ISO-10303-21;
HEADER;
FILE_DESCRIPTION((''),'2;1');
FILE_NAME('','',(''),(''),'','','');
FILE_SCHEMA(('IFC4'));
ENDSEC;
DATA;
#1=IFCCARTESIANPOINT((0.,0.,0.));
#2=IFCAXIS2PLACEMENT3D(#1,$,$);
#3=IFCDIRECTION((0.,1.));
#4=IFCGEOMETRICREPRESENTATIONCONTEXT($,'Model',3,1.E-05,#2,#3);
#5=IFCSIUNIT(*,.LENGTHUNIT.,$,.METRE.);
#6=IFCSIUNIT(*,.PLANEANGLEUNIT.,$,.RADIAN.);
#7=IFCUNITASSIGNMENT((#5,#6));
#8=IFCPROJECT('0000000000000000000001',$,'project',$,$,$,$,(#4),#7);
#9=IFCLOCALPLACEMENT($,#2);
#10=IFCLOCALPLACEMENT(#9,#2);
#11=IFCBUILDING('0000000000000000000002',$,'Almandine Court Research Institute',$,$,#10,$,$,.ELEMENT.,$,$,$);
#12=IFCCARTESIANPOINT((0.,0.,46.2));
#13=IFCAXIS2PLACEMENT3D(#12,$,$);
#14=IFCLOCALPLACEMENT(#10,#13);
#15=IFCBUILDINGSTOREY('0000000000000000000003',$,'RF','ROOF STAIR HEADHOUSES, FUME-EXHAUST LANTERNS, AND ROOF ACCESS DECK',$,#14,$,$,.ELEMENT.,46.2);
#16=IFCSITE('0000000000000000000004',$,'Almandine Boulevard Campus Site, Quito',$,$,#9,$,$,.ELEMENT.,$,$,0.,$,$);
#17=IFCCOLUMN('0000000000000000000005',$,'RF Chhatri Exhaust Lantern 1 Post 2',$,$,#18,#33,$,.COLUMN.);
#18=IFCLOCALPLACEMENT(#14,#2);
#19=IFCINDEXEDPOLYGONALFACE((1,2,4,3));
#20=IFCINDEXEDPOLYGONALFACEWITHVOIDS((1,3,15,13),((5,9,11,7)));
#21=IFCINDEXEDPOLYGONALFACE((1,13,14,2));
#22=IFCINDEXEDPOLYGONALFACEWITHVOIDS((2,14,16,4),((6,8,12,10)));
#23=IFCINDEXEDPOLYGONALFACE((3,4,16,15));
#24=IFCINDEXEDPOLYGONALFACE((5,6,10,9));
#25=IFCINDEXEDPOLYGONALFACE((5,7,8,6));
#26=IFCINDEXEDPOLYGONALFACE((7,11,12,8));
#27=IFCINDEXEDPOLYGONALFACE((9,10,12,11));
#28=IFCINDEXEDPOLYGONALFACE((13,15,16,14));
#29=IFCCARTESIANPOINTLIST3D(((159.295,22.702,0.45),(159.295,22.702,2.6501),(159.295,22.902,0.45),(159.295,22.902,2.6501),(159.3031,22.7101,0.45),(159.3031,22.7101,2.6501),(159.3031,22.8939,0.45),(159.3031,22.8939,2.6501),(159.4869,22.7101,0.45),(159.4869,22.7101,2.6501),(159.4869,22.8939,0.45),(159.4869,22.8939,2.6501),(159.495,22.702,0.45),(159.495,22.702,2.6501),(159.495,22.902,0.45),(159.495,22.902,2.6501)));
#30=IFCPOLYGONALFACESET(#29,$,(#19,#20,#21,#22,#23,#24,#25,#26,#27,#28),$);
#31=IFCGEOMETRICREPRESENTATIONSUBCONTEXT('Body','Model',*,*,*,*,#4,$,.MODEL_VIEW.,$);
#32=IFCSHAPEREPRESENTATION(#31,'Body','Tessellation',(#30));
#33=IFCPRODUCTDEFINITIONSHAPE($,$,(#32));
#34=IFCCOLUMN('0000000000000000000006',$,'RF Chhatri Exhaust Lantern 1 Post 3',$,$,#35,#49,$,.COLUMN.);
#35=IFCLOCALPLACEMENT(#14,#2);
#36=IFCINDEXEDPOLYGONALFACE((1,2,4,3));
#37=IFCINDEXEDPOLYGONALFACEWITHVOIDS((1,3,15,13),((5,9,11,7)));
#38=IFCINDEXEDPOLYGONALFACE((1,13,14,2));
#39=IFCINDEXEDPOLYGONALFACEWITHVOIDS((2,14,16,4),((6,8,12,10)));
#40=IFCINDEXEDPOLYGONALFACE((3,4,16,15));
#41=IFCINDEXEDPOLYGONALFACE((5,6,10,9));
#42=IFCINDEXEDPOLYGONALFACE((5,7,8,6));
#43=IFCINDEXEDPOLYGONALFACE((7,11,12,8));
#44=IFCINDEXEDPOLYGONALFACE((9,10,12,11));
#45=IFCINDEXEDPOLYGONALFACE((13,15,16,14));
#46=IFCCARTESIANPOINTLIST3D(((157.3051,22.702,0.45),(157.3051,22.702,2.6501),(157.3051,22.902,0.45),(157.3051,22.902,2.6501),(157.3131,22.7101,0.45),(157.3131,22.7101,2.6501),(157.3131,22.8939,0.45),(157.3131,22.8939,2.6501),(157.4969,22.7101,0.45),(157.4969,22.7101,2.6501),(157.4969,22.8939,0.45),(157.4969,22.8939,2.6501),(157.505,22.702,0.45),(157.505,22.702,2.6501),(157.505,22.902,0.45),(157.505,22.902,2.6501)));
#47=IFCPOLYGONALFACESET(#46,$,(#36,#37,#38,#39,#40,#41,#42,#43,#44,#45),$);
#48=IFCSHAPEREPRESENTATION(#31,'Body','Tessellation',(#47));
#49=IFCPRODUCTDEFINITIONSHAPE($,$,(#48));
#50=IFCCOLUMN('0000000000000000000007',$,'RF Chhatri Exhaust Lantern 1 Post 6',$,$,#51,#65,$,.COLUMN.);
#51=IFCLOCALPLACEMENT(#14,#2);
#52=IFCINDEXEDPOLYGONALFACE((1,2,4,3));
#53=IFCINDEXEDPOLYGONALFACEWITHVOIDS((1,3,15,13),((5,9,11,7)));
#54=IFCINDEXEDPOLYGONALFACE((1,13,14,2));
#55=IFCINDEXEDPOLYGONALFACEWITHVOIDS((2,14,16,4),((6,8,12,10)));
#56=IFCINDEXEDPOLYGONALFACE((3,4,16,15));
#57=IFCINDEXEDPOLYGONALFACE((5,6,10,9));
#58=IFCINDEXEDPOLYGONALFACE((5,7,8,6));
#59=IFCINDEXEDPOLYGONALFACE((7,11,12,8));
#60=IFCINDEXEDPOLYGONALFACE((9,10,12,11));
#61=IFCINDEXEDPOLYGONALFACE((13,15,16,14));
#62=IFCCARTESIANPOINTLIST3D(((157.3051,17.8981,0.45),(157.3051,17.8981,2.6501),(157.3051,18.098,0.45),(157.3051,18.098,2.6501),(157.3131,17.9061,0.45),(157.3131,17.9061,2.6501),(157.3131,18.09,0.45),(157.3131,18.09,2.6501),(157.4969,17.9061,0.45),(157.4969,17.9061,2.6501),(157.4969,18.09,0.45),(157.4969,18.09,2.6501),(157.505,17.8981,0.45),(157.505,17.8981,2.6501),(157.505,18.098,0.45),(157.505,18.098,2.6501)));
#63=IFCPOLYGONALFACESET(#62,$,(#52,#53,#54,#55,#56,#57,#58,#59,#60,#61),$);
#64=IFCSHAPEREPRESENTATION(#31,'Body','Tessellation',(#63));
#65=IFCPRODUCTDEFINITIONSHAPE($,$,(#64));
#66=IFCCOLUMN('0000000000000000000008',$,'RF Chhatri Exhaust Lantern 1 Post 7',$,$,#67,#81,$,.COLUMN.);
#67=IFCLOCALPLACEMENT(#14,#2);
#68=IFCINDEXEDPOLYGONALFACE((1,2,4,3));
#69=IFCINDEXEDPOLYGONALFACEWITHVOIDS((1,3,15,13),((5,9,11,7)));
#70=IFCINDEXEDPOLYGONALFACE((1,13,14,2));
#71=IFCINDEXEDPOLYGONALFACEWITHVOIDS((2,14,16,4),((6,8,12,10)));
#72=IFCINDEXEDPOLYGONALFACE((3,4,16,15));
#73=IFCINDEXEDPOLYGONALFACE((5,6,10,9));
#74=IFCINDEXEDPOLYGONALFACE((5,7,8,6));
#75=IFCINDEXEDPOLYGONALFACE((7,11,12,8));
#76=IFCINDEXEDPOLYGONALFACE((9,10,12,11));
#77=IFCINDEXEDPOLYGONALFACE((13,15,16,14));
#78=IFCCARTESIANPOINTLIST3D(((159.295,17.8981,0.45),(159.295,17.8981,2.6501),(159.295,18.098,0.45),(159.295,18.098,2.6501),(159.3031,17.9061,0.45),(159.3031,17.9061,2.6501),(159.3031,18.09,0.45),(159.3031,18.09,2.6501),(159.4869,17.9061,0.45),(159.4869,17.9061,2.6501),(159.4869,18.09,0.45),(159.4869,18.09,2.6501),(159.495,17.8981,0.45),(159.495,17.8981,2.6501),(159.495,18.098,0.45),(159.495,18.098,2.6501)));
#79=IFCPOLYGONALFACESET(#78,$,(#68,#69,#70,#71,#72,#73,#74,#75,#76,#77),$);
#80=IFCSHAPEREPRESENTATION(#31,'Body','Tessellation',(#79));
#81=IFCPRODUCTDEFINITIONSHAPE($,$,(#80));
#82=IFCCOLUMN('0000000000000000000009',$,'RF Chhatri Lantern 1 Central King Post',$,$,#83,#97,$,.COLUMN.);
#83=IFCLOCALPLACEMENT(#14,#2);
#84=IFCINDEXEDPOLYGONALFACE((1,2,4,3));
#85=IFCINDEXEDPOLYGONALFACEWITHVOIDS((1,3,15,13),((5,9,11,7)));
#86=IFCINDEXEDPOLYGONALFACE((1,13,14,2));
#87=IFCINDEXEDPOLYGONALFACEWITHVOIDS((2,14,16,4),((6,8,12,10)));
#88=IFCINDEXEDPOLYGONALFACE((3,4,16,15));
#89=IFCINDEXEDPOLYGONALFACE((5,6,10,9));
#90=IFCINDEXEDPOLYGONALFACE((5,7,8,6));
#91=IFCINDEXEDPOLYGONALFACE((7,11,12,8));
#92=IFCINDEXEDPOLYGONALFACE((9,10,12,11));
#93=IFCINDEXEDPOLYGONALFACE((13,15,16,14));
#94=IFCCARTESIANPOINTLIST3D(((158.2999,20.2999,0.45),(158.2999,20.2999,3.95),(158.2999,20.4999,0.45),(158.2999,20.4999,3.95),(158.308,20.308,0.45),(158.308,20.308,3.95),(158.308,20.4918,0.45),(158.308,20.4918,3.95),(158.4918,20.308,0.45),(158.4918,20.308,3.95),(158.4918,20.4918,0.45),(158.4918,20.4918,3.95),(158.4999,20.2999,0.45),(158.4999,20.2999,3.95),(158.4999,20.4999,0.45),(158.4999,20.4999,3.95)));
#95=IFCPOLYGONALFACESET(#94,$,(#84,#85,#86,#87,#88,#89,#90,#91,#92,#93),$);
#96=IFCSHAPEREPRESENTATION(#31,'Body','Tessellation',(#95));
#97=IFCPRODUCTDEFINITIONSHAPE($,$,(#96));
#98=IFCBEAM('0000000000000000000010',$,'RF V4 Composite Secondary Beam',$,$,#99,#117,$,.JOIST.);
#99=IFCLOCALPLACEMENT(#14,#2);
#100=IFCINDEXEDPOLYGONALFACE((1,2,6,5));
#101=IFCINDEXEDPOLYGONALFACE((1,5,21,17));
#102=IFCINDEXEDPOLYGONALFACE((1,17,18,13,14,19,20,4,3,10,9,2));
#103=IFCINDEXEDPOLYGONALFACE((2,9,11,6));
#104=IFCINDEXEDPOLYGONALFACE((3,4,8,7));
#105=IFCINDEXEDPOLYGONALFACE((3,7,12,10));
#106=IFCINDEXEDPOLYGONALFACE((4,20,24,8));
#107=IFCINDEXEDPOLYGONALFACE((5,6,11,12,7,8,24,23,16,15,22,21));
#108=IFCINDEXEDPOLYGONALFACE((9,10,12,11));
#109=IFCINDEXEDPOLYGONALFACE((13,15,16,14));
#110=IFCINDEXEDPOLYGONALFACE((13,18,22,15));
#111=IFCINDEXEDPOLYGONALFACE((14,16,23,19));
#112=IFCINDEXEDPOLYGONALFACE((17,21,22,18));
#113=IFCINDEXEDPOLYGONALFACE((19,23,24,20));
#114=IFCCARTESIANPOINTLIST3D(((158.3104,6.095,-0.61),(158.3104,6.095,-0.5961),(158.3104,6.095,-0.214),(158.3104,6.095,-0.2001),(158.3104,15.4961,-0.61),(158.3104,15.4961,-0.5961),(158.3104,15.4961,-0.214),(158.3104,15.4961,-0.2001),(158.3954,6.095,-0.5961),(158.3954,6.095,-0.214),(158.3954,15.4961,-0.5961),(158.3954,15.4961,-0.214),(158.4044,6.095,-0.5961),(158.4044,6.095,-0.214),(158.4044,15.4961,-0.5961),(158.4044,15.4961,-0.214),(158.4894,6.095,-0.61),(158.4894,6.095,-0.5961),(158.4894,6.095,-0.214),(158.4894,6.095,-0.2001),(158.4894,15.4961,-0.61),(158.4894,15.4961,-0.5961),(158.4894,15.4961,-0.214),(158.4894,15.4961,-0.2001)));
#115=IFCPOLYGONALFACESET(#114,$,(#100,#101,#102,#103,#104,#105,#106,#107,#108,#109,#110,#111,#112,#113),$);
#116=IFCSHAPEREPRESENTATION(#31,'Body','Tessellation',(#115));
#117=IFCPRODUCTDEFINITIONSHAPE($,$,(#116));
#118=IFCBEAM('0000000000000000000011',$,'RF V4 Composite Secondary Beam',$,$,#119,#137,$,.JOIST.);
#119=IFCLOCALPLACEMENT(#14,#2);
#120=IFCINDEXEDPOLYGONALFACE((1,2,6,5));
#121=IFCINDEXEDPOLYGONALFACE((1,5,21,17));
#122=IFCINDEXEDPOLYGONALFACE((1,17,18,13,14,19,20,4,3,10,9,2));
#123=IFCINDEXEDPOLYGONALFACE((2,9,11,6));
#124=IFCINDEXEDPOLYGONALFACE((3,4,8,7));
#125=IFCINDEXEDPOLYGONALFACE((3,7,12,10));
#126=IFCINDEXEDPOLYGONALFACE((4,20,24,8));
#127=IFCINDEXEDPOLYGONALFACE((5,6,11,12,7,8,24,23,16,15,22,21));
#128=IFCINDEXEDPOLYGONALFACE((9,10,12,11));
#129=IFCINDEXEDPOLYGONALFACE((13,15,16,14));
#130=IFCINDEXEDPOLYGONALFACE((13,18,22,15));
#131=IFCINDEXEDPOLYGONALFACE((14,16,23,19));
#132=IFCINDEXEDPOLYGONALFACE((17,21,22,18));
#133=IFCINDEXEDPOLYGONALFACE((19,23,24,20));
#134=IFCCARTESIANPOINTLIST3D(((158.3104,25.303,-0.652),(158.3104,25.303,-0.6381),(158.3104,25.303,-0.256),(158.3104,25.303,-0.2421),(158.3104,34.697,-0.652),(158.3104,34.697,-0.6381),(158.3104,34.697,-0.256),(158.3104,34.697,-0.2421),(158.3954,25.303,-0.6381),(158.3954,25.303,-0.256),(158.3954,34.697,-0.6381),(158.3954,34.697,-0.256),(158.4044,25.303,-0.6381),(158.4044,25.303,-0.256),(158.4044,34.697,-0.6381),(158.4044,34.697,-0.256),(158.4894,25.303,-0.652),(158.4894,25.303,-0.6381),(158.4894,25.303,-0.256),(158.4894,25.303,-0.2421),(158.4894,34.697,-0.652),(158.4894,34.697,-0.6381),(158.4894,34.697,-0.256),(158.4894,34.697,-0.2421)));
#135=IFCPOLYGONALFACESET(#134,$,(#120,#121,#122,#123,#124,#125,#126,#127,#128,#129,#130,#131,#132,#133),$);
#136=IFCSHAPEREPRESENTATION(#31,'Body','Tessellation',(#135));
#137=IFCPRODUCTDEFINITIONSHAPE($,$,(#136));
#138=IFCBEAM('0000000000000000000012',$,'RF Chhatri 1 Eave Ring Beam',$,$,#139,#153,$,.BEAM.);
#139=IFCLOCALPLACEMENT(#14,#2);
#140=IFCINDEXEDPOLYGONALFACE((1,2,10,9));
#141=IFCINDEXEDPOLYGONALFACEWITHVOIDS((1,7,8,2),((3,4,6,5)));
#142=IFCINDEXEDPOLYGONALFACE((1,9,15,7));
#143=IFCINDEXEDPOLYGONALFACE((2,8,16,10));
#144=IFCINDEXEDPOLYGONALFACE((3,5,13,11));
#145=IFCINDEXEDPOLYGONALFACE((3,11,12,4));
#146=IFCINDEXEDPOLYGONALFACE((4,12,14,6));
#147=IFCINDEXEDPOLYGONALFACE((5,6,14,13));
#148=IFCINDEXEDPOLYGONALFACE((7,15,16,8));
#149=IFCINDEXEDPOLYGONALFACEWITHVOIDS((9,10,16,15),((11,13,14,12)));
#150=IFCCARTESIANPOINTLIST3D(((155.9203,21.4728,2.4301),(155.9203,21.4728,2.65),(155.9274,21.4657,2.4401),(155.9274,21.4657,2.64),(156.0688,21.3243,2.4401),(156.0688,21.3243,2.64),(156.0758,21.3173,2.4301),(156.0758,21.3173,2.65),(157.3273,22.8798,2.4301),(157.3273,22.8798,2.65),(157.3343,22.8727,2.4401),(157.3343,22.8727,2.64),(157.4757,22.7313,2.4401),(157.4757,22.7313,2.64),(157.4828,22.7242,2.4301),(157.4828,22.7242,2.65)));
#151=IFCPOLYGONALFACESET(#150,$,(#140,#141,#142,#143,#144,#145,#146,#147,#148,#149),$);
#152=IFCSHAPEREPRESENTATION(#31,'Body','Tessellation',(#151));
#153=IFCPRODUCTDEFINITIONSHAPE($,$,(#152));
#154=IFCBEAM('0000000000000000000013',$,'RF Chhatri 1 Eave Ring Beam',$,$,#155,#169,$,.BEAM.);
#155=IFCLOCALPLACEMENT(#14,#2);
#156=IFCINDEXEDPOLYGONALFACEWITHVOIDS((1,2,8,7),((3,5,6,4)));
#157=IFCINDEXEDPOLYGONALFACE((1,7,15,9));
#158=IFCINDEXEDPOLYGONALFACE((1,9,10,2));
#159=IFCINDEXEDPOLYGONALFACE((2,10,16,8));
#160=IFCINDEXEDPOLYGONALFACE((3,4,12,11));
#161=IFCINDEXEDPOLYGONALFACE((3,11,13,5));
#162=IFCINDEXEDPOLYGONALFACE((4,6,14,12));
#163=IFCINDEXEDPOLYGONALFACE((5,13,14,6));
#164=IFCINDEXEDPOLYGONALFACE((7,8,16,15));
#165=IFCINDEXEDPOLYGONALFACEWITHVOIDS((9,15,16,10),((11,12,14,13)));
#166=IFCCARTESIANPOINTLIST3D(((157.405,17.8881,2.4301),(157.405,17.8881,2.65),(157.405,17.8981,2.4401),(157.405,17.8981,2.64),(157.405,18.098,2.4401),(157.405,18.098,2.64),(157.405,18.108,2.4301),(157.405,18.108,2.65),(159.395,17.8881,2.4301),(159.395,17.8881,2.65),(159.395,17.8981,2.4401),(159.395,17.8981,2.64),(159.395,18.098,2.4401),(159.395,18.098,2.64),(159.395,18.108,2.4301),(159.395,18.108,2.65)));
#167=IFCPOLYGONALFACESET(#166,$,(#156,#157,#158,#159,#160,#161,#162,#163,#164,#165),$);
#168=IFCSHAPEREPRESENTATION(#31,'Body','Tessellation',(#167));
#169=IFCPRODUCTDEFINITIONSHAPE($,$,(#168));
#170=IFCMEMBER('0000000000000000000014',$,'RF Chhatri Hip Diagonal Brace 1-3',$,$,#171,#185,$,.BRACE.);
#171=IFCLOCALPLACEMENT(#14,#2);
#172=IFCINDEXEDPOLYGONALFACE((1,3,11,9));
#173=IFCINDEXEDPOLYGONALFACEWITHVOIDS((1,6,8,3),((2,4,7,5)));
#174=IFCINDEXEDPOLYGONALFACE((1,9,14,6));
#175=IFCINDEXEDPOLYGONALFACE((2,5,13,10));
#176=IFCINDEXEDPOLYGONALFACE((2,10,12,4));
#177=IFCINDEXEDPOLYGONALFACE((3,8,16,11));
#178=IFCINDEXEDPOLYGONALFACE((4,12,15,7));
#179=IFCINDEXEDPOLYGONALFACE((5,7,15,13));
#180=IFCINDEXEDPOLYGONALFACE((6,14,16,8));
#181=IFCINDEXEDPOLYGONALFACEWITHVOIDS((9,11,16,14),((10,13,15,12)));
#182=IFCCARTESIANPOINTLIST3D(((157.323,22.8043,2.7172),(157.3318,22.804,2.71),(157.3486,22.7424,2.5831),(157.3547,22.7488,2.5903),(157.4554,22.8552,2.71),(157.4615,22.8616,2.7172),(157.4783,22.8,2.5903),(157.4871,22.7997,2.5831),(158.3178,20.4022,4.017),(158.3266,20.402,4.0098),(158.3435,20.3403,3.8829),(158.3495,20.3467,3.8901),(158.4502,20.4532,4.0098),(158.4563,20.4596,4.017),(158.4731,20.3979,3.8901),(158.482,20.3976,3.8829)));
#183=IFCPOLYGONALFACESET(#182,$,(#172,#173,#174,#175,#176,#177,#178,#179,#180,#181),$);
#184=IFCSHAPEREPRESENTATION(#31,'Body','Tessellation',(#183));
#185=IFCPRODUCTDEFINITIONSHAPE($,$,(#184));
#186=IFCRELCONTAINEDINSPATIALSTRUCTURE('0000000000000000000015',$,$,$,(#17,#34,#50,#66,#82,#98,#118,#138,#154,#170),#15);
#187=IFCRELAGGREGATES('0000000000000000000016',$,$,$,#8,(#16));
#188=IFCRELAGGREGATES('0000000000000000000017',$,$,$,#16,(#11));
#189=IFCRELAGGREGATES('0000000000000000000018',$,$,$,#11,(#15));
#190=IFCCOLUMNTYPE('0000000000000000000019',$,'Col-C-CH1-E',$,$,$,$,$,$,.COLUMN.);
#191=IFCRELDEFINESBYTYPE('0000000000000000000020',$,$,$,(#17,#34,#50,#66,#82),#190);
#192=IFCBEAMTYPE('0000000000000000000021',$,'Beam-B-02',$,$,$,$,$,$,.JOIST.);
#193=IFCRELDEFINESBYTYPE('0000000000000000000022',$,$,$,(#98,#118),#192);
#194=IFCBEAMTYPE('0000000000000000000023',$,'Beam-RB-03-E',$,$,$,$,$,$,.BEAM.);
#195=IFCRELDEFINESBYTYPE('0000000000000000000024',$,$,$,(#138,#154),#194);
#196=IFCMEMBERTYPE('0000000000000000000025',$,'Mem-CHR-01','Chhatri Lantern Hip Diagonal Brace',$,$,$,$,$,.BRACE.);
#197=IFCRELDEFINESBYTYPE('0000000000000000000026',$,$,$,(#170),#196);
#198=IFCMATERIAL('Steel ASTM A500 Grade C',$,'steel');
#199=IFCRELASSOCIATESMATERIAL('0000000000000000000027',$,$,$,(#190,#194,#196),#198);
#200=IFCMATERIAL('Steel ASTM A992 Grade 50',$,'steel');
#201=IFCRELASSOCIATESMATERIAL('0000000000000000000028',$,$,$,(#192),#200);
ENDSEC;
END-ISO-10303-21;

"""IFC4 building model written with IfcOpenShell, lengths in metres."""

from ifc_helpers import new_model, si_unit, direction, frame, origin, origin_2d, place, context, subcontext, project, spatial, hollow_rectangle, i_section, extrude, material, material_profile, profile_set, type_object, element, save


model = new_model("IFC4")

# Units and contexts
model_context = context("Model", 3, precision=1e-05, world=origin(), true_north=direction((0.0, 1.0)))
body_context = subcontext(model_context, "Body", "Model", "MODEL_VIEW")
ifc_project = project(units=[si_unit("LENGTHUNIT", "METRE"), si_unit("PLANEANGLEUNIT", "RADIAN")], contexts=[model_context])

# Site, building, storey
site_placement = place(None, origin())
site = spatial("IfcSite", under=ifc_project, at=site_placement, Name="Almandine Boulevard Campus Site, Quito", CompositionType="ELEMENT", RefElevation=0.0)
building_placement = place(site_placement, origin())
building = spatial("IfcBuilding", under=site, at=building_placement, Name="Almandine Court Research Institute", CompositionType="ELEMENT")
storey_placement = place(building_placement, frame((0.0, 0.0, 46.2)))
storey = spatial("IfcBuildingStorey", under=building, at=storey_placement, Name="RF", Description="ROOF STAIR HEADHOUSES, FUME-EXHAUST LANTERNS, AND ROOF ACCESS DECK", CompositionType="ELEMENT", Elevation=46.2)

# Columns
ifc_material_1 = material(Name="Steel ASTM A500 Grade C", Category="steel")
ifc_material_profile_1 = material_profile(ifc_material_1, hollow_rectangle(XDim=0.2, YDim=0.2, WallThickness=0.0081, at=origin_2d()), Name="HSS 200x200x8")
ifc_profile_set_1 = profile_set([ifc_material_profile_1], Name="Steel ASTM A500 Grade C")
column_type = type_object("IfcColumnType", Name="Col-C-CH1-E", PredefinedType="COLUMN", material=ifc_profile_set_1)
for number, where, z_axis, x_axis, name in (
    (1, (159.395, 22.802, 0.45), (0.0, 0.0, 1.0), (1.0, 0.0, 0.0), "RF Chhatri Exhaust Lantern 1 Post 2"),
    (2, (157.405, 22.802, 0.45), (0.0, 0.0, 1.0), (1.0, 0.0, 0.0), "RF Chhatri Exhaust Lantern 1 Post 3"),
    (3, (157.405, 17.998, 0.45), (0.0, 0.0, 1.0), (1.0, 0.0, 0.0), "RF Chhatri Exhaust Lantern 1 Post 6"),
    (4, (159.395, 17.998, 0.45), (0.0, 0.0, 1.0), (1.0, 0.0, 0.0), "RF Chhatri Exhaust Lantern 1 Post 7"),
):
    element("IfcColumn", number, at=place(storey_placement, frame(where, z_axis=z_axis, x_axis=x_axis)), inside=storey, type_object=column_type, Name=name, PredefinedType="COLUMN", context=body_context, shape_type="SweptSolid", body=[
        extrude(hollow_rectangle(XDim=0.2, YDim=0.2, WallThickness=0.0081, at=origin_2d()), origin(), (0.0, 0.0, 1.0), 2.2002),
    ])
column_placement = place(storey_placement, frame((158.3999, 20.3999, 0.45), z_axis=(0.0, 0.0, 1.0), x_axis=(1.0, 0.0, 0.0)))
element("IfcColumn", 5, at=column_placement, inside=storey, type_object=column_type, Name="RF Chhatri Lantern 1 Central King Post", PredefinedType="COLUMN", context=body_context, shape_type="SweptSolid", body=[
    extrude(hollow_rectangle(XDim=0.2, YDim=0.2, WallThickness=0.0081, at=origin_2d()), origin(), (0.0, 0.0, 1.0), 3.5),
])

# Beams
ifc_material_2 = material(Name="Steel ASTM A992 Grade 50", Category="steel")
ifc_material_profile_2 = material_profile(ifc_material_2, i_section(OverallWidth=0.179, OverallDepth=0.4099, WebThickness=0.009, FlangeThickness=0.0139, at=origin_2d()), Name="W410x67")
ifc_profile_set_2 = profile_set([ifc_material_profile_2], Name="Steel ASTM A992 Grade 50")
beam_type_1 = type_object("IfcBeamType", Name="Beam-B-02", PredefinedType="JOIST", material=ifc_profile_set_2)
beam_1_placement = place(storey_placement, frame((158.3999, 6.095, -0.405), z_axis=(0.0, 1.0, 0.0), x_axis=(-1.0, 0.0, 0.0)))
element("IfcBeam", 6, at=beam_1_placement, inside=storey, type_object=beam_type_1, Name="RF V4 Composite Secondary Beam", PredefinedType="JOIST", context=body_context, shape_type="SweptSolid", body=[
    extrude(i_section(OverallWidth=0.179, OverallDepth=0.4099, WebThickness=0.009, FlangeThickness=0.0139, at=origin_2d()), origin(), (0.0, 0.0, 1.0), 9.4011),
])
beam_2_placement = place(storey_placement, frame((158.3999, 25.303, -0.447), z_axis=(0.0, 1.0, 0.0), x_axis=(-1.0, 0.0, 0.0)))
element("IfcBeam", 7, at=beam_2_placement, inside=storey, type_object=beam_type_1, Name="RF V4 Composite Secondary Beam", PredefinedType="JOIST", context=body_context, shape_type="SweptSolid", body=[
    extrude(i_section(OverallWidth=0.179, OverallDepth=0.4099, WebThickness=0.009, FlangeThickness=0.0139, at=origin_2d()), origin(), (0.0, 0.0, 1.0), 9.394),
])
ifc_material_profile_3 = material_profile(ifc_material_1, hollow_rectangle(XDim=0.22, YDim=0.22, WallThickness=0.01, at=origin_2d()), Name="HSS 220x220x10")
ifc_profile_set_3 = profile_set([ifc_material_profile_3], Name="Steel ASTM A500 Grade C")
beam_type_2 = type_object("IfcBeamType", Name="Beam-RB-03-E", PredefinedType="BEAM", material=ifc_profile_set_3)
beam_3_placement = place(storey_placement, frame((157.405, 22.802, 2.54), z_axis=(-0.707107, -0.707107, 0.0), x_axis=(0.707107, -0.707107, 0.0)))
element("IfcBeam", 8, at=beam_3_placement, inside=storey, type_object=beam_type_2, Name="RF Chhatri 1 Eave Ring Beam", PredefinedType="BEAM", context=body_context, shape_type="SweptSolid", body=[
    extrude(hollow_rectangle(XDim=0.22, YDim=0.22, WallThickness=0.01, at=origin_2d()), origin(), (0.0, 0.0, 1.0), 1.9897),
])
beam_4_placement = place(storey_placement, frame((157.405, 17.998, 2.54), z_axis=(1.0, 0.0, 0.0), x_axis=(0.0, 1.0, 0.0)))
element("IfcBeam", 9, at=beam_4_placement, inside=storey, type_object=beam_type_2, Name="RF Chhatri 1 Eave Ring Beam", PredefinedType="BEAM", context=body_context, shape_type="SweptSolid", body=[
    extrude(hollow_rectangle(XDim=0.22, YDim=0.22, WallThickness=0.01, at=origin_2d()), origin(), (0.0, 0.0, 1.0), 1.99),
])

# Member
ifc_material_profile_4 = material_profile(ifc_material_1, hollow_rectangle(XDim=0.1499, YDim=0.1499, WallThickness=0.0081, at=origin_2d()), Name="HSS 150x150x8")
ifc_profile_set_4 = profile_set([ifc_material_profile_4], Name="Steel ASTM A500 Grade C")
member_type = type_object("IfcMemberType", Name="Mem-CHR-01", Description="Chhatri Lantern Hip Diagonal Brace", PredefinedType="BRACE", material=ifc_profile_set_4)
member_1_placement = place(storey_placement, frame((157.405, 22.802, 2.6501), z_axis=(0.34226, -0.826379, 0.447164), x_axis=(0.923894, 0.382648, 0.0)))
element("IfcMember", 10, at=member_1_placement, inside=storey, type_object=member_type, Name="RF Chhatri Hip Diagonal Brace 1-3", PredefinedType="BRACE", context=body_context, shape_type="SweptSolid", body=[
    extrude(hollow_rectangle(XDim=0.1499, YDim=0.1499, WallThickness=0.0081, at=origin_2d()), origin(), (0.0, 0.0, 1.0), 2.9067),
])

save(model, "model.ifc")
